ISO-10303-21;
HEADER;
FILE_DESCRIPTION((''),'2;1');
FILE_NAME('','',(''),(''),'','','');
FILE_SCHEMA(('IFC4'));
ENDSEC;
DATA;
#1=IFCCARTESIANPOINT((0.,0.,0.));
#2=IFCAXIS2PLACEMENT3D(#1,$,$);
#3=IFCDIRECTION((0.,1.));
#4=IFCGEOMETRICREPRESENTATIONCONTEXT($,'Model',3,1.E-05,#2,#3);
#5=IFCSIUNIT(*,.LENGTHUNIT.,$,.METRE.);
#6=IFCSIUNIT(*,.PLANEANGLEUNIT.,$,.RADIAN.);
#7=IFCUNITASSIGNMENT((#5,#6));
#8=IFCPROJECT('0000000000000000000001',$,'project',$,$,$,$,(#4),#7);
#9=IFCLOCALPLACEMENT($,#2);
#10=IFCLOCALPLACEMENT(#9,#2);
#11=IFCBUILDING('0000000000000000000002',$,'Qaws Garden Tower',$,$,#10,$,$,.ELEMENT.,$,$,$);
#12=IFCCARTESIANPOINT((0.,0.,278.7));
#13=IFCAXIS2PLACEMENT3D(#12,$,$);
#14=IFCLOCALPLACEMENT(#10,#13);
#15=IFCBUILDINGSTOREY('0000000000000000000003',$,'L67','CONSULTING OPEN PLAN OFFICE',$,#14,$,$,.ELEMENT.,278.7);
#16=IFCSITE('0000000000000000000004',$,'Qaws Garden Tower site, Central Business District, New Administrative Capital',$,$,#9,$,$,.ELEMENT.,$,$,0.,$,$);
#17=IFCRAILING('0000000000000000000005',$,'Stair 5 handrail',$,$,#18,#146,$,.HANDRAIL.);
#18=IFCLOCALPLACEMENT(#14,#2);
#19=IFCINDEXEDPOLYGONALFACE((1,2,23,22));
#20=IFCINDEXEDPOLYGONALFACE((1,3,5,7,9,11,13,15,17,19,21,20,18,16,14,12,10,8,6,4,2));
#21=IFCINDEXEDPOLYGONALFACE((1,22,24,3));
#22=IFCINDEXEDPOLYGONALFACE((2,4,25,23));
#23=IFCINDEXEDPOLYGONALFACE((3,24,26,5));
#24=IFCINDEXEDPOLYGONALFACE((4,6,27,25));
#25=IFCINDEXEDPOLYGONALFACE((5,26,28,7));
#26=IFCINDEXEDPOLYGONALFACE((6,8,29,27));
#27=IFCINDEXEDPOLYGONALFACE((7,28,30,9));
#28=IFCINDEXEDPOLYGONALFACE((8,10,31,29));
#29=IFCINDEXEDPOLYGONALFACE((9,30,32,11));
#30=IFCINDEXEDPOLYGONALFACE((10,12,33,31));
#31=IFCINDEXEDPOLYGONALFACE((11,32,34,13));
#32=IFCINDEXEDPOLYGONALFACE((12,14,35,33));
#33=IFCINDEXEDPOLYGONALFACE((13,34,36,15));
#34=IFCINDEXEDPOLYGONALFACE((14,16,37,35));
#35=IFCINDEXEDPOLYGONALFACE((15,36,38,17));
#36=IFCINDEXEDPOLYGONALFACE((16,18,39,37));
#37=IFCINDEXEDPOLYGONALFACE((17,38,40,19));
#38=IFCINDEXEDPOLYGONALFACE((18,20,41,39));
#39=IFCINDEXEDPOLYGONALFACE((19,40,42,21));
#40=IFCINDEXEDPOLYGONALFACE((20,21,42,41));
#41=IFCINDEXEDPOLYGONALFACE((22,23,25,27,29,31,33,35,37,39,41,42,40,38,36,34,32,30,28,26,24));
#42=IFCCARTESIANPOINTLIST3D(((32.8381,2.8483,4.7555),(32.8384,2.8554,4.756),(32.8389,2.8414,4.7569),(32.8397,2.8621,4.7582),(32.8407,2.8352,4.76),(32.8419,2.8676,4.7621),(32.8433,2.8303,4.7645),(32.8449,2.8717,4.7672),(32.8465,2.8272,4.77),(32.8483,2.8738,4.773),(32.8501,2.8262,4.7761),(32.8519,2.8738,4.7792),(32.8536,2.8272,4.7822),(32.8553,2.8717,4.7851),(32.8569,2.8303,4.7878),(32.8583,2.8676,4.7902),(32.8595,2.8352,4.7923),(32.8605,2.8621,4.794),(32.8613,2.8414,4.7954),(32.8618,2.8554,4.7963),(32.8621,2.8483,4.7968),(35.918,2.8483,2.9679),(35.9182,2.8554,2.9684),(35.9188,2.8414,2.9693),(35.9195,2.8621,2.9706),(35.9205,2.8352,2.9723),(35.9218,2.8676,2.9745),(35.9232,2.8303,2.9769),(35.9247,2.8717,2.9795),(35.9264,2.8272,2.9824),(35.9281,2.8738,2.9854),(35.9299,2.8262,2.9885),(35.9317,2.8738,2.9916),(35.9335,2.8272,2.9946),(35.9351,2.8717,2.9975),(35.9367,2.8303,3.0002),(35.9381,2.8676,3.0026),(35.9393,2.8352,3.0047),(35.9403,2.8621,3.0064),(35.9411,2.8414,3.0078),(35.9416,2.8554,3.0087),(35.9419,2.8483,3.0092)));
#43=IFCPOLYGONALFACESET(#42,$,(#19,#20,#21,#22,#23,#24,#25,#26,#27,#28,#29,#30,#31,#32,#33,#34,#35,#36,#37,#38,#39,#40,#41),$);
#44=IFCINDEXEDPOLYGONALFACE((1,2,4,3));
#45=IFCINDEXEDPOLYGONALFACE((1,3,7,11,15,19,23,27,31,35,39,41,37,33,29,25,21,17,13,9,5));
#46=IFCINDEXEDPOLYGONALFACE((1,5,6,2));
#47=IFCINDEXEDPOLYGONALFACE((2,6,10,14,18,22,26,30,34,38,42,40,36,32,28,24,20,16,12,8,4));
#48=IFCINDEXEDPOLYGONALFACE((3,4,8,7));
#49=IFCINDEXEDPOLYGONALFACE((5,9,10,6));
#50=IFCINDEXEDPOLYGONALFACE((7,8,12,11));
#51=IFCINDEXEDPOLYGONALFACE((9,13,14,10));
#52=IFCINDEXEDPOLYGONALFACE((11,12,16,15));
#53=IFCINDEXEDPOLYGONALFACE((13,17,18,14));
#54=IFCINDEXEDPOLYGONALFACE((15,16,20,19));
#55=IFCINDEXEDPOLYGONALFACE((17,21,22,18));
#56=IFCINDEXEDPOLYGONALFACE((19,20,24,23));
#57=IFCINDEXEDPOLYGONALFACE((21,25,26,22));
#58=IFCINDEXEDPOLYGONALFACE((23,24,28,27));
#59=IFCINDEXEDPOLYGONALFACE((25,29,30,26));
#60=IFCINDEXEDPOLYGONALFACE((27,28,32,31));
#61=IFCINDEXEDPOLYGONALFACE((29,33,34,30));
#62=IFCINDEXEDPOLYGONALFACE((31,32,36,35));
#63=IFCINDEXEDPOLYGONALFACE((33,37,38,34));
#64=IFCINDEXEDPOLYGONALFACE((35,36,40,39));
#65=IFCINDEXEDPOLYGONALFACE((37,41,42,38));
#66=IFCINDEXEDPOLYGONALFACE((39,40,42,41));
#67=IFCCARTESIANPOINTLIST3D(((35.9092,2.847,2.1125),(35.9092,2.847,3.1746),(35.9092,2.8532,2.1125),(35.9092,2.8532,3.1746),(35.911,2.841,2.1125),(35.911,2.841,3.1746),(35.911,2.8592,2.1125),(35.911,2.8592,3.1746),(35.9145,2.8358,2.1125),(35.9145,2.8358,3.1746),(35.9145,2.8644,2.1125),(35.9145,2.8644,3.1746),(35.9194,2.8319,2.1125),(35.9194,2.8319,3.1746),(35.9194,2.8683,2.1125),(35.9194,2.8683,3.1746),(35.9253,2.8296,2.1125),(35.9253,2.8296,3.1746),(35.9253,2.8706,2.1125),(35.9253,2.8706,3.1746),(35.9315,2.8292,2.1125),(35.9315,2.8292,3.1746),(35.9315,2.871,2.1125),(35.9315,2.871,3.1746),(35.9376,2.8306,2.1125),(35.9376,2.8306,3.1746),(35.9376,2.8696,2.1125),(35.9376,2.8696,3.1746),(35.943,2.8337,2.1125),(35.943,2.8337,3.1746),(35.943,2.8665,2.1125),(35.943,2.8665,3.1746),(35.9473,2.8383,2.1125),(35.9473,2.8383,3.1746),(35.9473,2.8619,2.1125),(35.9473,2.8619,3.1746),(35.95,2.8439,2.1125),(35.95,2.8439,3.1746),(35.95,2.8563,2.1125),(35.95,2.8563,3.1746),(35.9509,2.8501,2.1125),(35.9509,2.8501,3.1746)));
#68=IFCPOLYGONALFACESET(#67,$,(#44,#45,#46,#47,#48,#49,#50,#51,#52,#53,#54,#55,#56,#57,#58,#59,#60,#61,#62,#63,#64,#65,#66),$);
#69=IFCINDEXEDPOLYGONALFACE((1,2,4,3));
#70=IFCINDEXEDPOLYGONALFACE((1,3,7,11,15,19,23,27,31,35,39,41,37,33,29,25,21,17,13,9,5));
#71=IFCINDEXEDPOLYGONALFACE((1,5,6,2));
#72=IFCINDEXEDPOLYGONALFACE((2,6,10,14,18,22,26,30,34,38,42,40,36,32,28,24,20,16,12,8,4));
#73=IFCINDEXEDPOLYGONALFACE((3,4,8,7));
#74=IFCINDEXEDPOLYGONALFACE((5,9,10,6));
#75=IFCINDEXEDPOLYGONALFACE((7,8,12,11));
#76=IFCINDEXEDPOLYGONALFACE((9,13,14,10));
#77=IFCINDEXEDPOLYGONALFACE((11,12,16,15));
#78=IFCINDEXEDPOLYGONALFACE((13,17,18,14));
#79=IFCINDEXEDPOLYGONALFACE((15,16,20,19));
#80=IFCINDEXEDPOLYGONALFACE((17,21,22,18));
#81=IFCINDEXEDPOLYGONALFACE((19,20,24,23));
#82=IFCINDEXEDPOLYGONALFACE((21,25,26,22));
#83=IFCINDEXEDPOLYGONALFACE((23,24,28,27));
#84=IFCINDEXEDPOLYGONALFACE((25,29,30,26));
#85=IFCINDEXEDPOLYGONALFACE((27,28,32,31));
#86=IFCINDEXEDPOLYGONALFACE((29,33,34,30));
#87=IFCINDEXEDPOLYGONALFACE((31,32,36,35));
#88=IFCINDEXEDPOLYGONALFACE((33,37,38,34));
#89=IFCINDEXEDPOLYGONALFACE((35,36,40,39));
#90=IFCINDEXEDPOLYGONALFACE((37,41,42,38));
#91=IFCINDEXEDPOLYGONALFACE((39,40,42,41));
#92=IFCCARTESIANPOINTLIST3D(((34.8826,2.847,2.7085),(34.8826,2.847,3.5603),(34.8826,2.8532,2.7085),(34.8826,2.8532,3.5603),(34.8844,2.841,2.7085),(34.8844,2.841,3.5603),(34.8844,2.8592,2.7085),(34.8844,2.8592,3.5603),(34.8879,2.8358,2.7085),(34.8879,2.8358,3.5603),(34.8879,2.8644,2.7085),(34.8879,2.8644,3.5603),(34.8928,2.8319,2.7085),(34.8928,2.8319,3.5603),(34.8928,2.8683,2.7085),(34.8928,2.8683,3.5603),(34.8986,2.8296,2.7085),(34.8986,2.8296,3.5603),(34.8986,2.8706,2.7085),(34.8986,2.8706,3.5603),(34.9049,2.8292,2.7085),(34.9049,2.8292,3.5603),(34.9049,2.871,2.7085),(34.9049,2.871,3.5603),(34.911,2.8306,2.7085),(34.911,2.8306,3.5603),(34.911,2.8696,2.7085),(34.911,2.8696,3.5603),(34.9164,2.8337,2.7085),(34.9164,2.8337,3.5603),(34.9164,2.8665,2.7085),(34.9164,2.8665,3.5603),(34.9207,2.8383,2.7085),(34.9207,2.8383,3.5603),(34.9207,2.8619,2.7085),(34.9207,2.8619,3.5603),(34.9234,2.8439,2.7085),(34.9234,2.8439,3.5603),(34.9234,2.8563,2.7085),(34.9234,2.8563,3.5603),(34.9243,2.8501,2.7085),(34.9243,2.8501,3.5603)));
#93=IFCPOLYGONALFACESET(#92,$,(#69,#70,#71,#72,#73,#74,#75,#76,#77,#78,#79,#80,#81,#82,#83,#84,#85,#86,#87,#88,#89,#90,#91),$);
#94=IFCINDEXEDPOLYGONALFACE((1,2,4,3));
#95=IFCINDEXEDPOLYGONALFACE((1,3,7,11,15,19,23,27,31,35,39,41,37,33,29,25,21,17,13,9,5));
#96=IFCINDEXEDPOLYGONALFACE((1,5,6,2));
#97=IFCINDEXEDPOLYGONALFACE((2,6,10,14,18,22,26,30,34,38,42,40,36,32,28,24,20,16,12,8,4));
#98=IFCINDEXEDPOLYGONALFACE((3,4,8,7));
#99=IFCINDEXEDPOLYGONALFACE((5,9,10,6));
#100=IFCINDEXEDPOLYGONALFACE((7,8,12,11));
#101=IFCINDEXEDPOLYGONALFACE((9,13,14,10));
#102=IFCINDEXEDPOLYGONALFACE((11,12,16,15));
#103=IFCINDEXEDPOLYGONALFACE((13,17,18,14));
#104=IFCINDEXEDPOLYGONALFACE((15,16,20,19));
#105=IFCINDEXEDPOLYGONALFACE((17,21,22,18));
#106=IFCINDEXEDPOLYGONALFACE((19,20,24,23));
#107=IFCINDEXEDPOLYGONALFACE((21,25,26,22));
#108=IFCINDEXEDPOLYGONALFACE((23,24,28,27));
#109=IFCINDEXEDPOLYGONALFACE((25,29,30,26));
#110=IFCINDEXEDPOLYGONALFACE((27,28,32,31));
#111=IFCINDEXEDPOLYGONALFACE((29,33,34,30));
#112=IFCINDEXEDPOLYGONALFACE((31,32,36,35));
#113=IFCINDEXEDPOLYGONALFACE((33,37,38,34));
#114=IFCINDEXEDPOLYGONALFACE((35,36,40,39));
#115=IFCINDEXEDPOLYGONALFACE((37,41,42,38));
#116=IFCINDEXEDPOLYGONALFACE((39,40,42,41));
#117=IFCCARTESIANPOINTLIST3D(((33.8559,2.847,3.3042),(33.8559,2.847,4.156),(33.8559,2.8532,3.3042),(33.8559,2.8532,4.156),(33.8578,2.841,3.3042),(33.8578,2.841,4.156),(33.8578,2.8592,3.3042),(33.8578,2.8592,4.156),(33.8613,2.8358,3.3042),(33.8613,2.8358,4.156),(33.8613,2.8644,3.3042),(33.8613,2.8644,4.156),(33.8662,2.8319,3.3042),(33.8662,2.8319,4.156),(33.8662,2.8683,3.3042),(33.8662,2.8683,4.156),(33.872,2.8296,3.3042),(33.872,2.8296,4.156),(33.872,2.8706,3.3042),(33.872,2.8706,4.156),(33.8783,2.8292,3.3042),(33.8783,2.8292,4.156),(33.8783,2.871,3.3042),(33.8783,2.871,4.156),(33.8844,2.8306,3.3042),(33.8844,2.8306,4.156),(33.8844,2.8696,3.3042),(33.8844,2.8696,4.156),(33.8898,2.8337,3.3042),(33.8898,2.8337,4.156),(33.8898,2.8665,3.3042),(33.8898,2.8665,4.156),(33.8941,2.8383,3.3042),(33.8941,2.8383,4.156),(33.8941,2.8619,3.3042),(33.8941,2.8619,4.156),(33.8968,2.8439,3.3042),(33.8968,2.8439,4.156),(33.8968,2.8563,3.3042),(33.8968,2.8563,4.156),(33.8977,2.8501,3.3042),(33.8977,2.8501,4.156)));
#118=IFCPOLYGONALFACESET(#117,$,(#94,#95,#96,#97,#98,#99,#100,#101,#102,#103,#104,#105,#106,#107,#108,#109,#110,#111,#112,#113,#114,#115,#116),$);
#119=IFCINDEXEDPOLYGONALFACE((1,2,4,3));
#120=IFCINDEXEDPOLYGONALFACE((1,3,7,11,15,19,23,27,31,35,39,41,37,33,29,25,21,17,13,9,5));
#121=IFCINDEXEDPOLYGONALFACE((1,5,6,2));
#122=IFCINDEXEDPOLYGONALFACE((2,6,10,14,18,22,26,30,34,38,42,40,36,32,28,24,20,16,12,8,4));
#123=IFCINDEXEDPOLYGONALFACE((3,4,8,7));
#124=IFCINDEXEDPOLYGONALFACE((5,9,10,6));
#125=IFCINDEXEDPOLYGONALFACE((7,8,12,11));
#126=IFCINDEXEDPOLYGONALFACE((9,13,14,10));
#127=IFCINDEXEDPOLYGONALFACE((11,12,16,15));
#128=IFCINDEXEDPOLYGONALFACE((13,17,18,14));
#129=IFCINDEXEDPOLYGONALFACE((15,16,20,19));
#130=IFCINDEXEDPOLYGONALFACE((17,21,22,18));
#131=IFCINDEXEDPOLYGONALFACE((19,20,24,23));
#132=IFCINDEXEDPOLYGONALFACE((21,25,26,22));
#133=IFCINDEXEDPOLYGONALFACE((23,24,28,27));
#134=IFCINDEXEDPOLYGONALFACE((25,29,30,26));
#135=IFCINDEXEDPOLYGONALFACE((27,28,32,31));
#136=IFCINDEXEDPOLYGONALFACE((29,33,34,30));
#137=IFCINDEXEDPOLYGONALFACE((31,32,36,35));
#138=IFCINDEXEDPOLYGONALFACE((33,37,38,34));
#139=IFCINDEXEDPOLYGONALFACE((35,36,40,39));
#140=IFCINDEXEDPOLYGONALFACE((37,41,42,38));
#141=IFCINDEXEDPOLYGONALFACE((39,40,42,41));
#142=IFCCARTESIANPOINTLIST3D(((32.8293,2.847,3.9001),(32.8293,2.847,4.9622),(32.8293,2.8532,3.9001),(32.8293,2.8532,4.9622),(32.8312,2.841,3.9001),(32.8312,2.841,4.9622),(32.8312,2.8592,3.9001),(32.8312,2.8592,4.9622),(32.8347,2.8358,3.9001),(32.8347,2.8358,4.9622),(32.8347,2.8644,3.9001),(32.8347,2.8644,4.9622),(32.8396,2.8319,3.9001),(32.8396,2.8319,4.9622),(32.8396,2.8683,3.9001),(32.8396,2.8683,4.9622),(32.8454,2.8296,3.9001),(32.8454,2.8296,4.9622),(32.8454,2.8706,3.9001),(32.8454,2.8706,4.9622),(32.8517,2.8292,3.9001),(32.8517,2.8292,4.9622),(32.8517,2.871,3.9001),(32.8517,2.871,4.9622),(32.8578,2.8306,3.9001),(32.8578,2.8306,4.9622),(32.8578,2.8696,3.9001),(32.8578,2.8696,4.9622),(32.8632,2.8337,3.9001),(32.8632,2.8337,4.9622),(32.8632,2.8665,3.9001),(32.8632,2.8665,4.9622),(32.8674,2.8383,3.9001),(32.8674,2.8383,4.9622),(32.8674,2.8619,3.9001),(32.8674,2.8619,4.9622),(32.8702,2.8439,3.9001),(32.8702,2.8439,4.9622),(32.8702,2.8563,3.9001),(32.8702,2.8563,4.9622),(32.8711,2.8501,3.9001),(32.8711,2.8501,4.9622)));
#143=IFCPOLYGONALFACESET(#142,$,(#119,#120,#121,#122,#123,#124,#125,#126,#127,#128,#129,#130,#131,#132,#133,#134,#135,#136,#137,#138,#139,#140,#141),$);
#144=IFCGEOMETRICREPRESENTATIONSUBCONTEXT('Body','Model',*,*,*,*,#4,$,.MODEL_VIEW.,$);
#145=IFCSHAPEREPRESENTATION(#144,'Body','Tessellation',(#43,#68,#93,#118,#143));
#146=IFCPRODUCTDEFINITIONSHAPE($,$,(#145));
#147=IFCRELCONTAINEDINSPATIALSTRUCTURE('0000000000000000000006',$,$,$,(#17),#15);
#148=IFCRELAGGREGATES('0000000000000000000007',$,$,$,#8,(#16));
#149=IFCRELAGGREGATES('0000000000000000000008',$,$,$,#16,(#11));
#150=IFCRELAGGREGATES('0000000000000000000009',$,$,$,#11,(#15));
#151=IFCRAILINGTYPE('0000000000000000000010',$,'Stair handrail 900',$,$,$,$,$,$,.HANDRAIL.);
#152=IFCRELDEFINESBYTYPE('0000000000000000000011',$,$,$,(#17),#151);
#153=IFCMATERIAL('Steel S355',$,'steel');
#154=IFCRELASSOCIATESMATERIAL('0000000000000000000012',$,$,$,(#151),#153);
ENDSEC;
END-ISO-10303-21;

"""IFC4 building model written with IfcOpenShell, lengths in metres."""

from ifc_helpers import new_model, si_unit, direction, frame, origin, origin_2d, place, context, subcontext, project, spatial, circle, extrude, material, type_object, element, save


model = new_model("IFC4")

# Units and contexts
model_context = context("Model", 3, precision=1e-05, world=origin(), true_north=direction((0.0, 1.0)))
body_context = subcontext(model_context, "Body", "Model", "MODEL_VIEW")
ifc_project = project(units=[si_unit("LENGTHUNIT", "METRE"), si_unit("PLANEANGLEUNIT", "RADIAN")], contexts=[model_context])

# Site, building, storey
site_placement = place(None, origin())
site = spatial("IfcSite", under=ifc_project, at=site_placement, Name="Qaws Garden Tower site, Central Business District, New Administrative Capital", CompositionType="ELEMENT", RefElevation=0.0)
building_placement = place(site_placement, origin())
building = spatial("IfcBuilding", under=site, at=building_placement, Name="Qaws Garden Tower", CompositionType="ELEMENT")
storey_placement = place(building_placement, frame((0.0, 0.0, 278.7)))
storey = spatial("IfcBuildingStorey", under=building, at=storey_placement, Name="L67", Description="CONSULTING OPEN PLAN OFFICE", CompositionType="ELEMENT", Elevation=278.7)

# Railing
ifc_material_1 = material(Name="Steel S355", Category="steel")
railing_type = type_object("IfcRailingType", Name="Stair handrail 900", PredefinedType="HANDRAIL", material=ifc_material_1)
railing_1_placement = place(storey_placement, frame((35.9299, 2.8501, 2.1125)))
element("IfcRailing", 1, at=railing_1_placement, inside=storey, type_object=railing_type, Name="Stair 5 handrail", PredefinedType="HANDRAIL", context=body_context, shape_type="SweptSolid", body=[
    extrude(circle(Radius=0.0239, at=origin_2d()), frame((0.0, 0.0, 0.876), z_axis=(-0.864873, 0.0, 0.50199), x_axis=(0.0, -1.0, 0.0)), (0.0, 0.0, 1.0), 3.561),
    extrude(circle(Radius=0.021, at=origin_2d()), origin(), (0.0, 0.0, 1.0), 1.062),
    extrude(circle(Radius=0.021, at=origin_2d()), frame((-1.0266, 0.0, 0.5959)), (0.0, 0.0, 1.0), 0.8518),
    extrude(circle(Radius=0.021, at=origin_2d()), frame((-2.0532, 0.0, 1.1917)), (0.0, 0.0, 1.0), 0.8518),
    extrude(circle(Radius=0.021, at=origin_2d()), frame((-3.0798, 0.0, 1.7876)), (0.0, 0.0, 1.0), 1.062),
])

save(model, "model.ifc")
